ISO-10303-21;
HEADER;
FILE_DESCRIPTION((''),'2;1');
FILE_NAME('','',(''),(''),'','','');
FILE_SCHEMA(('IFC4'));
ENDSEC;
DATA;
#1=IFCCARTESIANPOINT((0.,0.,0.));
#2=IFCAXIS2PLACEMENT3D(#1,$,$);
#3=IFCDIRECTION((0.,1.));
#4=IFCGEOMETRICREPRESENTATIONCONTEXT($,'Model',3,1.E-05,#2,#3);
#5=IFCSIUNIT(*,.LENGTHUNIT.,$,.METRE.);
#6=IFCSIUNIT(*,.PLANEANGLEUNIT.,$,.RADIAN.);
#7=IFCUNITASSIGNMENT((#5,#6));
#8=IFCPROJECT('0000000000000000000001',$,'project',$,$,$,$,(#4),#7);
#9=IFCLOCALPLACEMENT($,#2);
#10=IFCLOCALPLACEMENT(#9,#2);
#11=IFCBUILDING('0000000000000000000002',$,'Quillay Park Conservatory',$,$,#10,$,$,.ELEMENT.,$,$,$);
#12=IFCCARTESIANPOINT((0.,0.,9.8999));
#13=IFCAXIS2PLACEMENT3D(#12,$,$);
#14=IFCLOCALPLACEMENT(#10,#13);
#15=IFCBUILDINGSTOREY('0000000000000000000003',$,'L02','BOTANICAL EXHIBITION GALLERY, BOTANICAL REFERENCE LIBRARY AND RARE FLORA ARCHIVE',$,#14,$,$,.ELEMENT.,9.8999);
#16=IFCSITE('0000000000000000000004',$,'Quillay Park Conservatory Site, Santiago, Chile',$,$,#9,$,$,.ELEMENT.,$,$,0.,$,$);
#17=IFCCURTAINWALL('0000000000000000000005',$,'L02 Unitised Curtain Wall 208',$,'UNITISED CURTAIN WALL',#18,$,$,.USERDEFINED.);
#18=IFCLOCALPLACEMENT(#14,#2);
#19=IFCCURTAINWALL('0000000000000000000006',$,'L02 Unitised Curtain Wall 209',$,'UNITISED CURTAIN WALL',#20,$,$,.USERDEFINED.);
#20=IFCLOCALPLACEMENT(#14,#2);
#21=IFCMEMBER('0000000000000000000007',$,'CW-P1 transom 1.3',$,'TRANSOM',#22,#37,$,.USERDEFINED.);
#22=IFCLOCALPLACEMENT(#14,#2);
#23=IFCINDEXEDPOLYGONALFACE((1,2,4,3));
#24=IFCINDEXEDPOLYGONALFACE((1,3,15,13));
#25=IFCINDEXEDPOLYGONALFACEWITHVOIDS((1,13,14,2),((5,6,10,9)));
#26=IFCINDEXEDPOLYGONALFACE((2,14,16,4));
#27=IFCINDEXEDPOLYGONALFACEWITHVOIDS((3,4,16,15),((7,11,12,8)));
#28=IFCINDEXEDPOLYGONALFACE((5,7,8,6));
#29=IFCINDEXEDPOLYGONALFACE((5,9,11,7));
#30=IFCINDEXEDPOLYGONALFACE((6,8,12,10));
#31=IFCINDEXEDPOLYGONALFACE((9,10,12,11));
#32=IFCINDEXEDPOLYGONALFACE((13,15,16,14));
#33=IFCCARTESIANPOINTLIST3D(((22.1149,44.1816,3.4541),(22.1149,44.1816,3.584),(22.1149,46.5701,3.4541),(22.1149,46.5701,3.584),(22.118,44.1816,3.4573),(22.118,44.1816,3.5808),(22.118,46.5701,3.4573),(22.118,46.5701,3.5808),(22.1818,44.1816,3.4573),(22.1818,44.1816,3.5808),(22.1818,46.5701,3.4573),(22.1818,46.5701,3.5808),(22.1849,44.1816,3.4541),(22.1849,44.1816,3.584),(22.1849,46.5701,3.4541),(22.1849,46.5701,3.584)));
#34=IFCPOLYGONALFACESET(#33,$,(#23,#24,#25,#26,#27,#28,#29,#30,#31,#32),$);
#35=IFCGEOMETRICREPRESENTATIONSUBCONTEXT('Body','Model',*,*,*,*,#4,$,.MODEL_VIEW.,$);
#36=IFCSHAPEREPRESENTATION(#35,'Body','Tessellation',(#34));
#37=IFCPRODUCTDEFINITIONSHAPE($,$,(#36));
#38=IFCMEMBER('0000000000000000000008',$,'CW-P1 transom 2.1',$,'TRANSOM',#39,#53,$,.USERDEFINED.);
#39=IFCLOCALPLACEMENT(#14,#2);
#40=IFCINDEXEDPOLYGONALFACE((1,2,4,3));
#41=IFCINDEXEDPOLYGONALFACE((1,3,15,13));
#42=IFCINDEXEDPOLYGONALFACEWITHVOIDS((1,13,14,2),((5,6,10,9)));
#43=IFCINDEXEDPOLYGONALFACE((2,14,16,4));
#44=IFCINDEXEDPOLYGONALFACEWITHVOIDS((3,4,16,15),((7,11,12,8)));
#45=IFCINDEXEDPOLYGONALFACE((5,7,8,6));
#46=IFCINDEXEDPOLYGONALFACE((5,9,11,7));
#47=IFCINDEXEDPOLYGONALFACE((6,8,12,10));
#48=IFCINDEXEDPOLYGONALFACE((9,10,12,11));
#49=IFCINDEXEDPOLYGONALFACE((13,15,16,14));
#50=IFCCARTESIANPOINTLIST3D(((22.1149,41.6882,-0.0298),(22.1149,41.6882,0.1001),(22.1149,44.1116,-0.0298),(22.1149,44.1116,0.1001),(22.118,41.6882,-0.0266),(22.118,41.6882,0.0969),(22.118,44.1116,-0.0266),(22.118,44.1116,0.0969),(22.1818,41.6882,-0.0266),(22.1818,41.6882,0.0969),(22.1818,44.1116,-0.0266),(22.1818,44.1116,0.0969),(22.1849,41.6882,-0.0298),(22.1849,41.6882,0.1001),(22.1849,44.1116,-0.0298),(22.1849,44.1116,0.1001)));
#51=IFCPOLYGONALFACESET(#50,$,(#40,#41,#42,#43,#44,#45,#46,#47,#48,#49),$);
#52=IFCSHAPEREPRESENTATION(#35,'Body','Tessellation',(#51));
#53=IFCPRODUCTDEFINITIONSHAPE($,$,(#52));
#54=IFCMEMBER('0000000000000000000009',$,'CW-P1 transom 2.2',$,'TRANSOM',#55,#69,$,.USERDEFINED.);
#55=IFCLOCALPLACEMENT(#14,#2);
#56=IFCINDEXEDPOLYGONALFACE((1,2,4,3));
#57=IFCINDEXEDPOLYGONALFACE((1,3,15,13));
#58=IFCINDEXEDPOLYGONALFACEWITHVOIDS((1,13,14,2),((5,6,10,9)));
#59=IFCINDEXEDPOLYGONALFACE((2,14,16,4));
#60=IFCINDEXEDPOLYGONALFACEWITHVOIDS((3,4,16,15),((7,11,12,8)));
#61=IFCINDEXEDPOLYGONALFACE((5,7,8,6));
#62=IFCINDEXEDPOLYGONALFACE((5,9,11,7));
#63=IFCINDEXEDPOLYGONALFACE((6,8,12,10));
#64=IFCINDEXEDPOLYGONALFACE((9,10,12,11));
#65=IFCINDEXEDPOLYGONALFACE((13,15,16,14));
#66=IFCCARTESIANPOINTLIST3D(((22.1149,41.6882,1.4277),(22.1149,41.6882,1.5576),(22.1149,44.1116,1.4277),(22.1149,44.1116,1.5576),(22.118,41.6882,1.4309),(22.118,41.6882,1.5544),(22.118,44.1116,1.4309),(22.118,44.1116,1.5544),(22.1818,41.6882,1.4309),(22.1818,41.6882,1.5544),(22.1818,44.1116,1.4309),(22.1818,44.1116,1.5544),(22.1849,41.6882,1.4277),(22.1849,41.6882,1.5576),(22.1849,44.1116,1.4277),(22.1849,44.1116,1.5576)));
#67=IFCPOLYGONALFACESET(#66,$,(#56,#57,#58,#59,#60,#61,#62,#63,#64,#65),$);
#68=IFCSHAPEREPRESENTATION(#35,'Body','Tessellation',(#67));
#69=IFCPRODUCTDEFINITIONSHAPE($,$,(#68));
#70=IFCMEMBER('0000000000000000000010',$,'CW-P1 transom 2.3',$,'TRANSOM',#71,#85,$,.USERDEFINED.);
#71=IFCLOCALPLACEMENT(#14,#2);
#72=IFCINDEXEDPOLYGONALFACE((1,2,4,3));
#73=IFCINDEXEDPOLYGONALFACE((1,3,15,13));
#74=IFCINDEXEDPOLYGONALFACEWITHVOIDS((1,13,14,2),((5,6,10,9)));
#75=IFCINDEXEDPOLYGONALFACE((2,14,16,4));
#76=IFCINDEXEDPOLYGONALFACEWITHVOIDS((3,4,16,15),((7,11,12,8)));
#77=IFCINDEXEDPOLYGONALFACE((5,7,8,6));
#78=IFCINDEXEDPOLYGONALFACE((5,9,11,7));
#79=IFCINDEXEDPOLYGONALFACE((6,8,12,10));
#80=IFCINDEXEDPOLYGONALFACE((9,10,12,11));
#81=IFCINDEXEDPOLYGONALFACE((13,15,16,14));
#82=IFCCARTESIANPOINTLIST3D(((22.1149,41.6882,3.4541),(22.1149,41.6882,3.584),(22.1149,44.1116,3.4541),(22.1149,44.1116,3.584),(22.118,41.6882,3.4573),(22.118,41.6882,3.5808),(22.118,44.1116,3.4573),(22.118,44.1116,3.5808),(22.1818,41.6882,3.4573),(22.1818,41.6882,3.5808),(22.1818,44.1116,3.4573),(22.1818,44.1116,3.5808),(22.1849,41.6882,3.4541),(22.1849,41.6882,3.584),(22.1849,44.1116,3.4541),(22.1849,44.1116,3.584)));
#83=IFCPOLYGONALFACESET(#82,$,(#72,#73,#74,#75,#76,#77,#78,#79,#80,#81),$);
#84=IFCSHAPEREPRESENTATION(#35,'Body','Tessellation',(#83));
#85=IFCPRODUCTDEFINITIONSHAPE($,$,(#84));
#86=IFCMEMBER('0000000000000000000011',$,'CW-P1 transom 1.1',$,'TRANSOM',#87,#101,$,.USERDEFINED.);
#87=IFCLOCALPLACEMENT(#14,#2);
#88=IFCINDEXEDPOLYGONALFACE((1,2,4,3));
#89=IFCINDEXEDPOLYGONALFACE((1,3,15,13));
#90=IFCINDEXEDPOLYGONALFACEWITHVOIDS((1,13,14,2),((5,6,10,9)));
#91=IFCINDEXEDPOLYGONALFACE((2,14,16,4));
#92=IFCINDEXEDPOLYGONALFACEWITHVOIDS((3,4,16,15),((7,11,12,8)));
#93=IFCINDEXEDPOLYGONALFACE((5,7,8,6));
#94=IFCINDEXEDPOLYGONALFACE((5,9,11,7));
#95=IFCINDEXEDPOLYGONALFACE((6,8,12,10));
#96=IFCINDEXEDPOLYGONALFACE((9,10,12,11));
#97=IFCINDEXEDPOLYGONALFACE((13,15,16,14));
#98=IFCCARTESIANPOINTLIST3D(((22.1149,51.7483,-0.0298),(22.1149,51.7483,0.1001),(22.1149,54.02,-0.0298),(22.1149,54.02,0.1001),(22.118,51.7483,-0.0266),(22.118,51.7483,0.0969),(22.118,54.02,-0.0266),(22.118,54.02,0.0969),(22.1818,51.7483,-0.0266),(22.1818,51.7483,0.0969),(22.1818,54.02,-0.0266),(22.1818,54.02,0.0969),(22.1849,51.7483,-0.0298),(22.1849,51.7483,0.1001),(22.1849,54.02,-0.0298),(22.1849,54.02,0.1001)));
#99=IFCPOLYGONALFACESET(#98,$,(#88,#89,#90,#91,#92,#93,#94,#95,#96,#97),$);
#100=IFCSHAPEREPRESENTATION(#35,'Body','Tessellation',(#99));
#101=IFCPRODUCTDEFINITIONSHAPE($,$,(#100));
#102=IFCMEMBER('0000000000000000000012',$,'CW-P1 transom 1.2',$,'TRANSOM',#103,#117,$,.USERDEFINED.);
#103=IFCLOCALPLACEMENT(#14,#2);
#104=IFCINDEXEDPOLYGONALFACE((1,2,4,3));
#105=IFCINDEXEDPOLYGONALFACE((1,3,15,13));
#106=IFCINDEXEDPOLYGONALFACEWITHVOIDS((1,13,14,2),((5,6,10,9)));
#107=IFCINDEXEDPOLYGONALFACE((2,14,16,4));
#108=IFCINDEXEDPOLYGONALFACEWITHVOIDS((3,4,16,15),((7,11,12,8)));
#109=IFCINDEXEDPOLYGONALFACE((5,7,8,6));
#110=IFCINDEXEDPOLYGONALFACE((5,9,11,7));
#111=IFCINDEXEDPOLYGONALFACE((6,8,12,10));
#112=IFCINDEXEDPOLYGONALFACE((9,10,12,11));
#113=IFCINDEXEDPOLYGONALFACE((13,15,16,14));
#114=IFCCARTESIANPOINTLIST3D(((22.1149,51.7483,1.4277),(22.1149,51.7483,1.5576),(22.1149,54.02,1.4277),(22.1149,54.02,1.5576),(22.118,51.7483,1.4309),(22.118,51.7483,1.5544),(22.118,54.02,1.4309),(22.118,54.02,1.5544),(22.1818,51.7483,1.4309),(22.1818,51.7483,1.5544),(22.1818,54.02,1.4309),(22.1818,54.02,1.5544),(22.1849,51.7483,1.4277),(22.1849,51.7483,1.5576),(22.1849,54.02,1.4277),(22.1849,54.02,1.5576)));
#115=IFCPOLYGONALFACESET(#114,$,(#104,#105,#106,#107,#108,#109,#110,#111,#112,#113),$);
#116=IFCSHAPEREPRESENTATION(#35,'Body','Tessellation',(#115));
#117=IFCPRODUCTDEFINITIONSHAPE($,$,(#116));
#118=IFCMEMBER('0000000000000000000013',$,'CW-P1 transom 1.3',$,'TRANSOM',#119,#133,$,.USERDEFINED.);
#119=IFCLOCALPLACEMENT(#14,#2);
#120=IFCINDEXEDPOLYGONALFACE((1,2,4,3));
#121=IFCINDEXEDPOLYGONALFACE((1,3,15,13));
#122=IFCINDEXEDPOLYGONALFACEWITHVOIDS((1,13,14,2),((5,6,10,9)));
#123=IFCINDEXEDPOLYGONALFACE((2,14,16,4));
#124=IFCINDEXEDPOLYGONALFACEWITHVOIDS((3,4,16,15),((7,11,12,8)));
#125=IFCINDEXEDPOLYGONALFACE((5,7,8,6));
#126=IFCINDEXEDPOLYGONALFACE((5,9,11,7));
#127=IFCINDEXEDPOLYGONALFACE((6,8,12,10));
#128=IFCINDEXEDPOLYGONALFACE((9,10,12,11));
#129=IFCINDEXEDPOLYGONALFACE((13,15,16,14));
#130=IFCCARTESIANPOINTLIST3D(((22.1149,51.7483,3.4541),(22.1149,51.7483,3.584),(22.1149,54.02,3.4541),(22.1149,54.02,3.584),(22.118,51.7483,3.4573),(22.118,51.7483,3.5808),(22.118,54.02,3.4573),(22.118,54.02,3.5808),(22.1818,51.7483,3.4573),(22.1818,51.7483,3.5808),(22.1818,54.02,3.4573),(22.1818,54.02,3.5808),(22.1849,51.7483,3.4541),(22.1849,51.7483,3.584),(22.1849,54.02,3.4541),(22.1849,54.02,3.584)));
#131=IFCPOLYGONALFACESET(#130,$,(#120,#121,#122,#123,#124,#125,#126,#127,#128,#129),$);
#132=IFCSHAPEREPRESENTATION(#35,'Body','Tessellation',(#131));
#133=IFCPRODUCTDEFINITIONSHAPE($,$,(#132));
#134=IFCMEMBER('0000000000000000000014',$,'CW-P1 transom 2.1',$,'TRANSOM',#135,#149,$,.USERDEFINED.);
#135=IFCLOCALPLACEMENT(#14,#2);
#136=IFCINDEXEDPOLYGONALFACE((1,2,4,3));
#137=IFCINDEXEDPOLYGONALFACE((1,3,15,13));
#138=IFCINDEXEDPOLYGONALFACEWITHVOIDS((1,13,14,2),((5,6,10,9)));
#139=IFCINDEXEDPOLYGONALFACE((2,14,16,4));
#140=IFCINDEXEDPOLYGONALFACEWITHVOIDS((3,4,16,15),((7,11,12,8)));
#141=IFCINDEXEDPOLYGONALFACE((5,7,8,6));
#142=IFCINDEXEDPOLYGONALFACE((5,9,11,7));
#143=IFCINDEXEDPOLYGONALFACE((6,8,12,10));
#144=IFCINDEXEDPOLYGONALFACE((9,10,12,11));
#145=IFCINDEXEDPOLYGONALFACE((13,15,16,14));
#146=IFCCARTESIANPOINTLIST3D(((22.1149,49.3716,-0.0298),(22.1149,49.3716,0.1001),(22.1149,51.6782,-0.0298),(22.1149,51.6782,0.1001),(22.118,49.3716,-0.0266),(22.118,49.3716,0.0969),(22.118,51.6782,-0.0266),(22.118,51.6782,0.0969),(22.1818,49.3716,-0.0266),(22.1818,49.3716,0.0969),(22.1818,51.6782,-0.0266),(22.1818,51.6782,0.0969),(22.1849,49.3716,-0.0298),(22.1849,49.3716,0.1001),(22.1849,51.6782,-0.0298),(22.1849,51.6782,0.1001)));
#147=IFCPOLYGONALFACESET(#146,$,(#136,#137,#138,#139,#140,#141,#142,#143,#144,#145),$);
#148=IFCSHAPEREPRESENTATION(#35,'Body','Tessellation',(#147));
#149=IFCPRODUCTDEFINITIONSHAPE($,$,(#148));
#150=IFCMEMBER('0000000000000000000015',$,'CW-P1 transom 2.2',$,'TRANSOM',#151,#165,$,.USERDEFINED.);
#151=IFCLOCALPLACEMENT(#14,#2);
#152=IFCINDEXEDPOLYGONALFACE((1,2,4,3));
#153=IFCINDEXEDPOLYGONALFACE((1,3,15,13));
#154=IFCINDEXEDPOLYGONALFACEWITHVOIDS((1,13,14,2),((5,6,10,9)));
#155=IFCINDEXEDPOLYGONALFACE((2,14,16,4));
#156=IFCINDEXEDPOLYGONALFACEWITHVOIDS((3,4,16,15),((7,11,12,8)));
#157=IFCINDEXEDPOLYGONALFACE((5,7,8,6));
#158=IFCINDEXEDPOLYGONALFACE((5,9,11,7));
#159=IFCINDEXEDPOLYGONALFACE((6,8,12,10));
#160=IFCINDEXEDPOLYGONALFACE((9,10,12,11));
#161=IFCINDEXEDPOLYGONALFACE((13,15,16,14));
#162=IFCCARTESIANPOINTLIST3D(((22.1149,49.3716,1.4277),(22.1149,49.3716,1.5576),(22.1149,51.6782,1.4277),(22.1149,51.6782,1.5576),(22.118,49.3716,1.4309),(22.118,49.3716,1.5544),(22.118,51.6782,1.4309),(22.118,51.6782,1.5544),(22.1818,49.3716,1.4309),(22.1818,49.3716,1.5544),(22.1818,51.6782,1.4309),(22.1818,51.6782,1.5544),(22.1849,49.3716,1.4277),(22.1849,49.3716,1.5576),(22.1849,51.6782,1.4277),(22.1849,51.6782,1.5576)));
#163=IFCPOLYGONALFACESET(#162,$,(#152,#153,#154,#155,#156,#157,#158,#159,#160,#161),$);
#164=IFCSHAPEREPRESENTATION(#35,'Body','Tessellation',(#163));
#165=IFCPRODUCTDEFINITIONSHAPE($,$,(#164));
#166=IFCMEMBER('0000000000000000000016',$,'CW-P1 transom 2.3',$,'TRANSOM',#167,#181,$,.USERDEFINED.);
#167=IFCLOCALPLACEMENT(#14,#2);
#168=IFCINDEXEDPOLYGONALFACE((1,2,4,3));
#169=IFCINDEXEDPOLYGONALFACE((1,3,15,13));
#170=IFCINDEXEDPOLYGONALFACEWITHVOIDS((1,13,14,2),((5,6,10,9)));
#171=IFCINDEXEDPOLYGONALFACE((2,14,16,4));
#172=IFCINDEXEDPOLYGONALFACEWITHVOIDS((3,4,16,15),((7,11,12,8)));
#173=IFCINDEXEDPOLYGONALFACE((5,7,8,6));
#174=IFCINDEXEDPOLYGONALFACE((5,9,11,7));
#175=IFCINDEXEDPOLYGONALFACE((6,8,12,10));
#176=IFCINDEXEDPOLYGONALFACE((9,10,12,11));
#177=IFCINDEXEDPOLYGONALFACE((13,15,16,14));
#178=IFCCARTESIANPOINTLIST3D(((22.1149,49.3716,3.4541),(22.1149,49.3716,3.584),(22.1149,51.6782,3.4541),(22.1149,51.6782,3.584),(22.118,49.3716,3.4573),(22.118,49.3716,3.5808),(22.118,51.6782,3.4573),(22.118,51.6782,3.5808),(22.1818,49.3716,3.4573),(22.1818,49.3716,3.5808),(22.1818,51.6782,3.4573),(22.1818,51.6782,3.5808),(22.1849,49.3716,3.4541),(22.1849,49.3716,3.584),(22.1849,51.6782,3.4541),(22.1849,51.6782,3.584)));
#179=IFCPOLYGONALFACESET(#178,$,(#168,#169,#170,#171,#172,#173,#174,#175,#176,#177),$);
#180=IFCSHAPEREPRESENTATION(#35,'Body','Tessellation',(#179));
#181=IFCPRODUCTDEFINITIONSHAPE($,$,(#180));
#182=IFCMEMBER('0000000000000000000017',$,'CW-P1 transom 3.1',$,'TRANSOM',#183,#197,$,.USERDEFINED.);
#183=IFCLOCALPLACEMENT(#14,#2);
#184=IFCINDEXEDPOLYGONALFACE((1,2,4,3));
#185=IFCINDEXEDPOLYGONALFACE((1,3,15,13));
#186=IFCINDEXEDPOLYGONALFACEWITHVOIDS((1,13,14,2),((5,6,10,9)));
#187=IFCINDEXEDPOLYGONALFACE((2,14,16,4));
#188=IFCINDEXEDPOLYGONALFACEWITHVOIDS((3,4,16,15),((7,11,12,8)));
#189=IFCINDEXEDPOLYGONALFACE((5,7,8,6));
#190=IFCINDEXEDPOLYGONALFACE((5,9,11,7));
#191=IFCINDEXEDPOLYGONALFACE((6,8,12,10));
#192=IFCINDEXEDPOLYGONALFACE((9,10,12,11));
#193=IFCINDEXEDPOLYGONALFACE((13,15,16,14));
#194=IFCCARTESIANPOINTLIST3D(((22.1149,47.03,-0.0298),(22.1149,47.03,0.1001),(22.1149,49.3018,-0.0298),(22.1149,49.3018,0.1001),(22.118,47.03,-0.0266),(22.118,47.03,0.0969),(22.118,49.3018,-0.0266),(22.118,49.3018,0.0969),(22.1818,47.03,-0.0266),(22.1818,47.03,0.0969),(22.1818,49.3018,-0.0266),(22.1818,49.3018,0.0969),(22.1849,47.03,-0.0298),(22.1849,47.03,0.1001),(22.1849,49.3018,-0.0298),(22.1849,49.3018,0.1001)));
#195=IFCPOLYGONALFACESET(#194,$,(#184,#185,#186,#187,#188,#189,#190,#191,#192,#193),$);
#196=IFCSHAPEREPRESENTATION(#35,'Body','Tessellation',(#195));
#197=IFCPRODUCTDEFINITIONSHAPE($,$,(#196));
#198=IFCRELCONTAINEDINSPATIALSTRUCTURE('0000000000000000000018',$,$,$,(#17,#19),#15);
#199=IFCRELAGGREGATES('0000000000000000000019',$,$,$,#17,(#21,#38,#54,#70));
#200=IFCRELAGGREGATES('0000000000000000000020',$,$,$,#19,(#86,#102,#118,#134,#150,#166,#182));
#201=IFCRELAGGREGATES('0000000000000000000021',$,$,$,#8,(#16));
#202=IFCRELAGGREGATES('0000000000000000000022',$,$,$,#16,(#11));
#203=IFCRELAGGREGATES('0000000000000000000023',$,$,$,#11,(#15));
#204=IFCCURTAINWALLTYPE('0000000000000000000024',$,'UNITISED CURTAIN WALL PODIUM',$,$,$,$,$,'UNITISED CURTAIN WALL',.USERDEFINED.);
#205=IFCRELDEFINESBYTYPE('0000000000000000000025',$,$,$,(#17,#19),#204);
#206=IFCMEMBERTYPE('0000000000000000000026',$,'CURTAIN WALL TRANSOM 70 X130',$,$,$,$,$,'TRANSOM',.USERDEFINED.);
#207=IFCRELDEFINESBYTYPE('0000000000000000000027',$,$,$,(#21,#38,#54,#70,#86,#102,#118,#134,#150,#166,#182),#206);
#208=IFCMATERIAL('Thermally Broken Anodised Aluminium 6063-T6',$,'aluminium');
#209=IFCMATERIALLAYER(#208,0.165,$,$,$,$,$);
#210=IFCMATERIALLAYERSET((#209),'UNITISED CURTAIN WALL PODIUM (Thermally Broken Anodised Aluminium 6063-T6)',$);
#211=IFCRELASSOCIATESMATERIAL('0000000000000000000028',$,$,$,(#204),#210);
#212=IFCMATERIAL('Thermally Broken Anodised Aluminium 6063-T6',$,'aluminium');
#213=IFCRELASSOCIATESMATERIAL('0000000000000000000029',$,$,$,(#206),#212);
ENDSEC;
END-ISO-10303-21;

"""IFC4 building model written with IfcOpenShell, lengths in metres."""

from ifc_helpers import new_model, si_unit, direction, frame, origin, origin_2d, place, context, subcontext, project, spatial, hollow_rectangle, extrude, material, layer, layer_set, material_profile, profile_set, type_object, element, aggregate, save


model = new_model("IFC4")

# Units and contexts
model_context = context("Model", 3, precision=1e-05, world=origin(), true_north=direction((0.0, 1.0)))
body_context = subcontext(model_context, "Body", "Model", "MODEL_VIEW")
ifc_project = project(units=[si_unit("LENGTHUNIT", "METRE"), si_unit("PLANEANGLEUNIT", "RADIAN")], contexts=[model_context])

# Site, building, storey
site_placement = place(None, origin())
site = spatial("IfcSite", under=ifc_project, at=site_placement, Name="Quillay Park Conservatory Site, Santiago, Chile", CompositionType="ELEMENT", RefElevation=0.0)
building_placement = place(site_placement, origin())
building = spatial("IfcBuilding", under=site, at=building_placement, Name="Quillay Park Conservatory", CompositionType="ELEMENT")
storey_placement = place(building_placement, frame((0.0, 0.0, 9.8999)))
storey = spatial("IfcBuildingStorey", under=building, at=storey_placement, Name="L02", Description="BOTANICAL EXHIBITION GALLERY, BOTANICAL REFERENCE LIBRARY AND RARE FLORA ARCHIVE", CompositionType="ELEMENT", Elevation=9.8999)

# Curtain walls
ifc_material_1 = material(Name="Thermally Broken Anodised Aluminium 6063-T6", Category="aluminium")
ifc_layer_1 = layer(ifc_material_1, 0.165)
ifc_layer_set_1 = layer_set([ifc_layer_1], Name="UNITISED CURTAIN WALL PODIUM (Thermally Broken Anodised Aluminium 6063-T6)")
curtain_wall_type = type_object("IfcCurtainWallType", Name="UNITISED CURTAIN WALL PODIUM", ElementType="UNITISED CURTAIN WALL", PredefinedType="USERDEFINED", material=ifc_layer_set_1)
curtain_wall_1_placement = place(storey_placement, origin())
curtain_wall_1 = element("IfcCurtainWall", 1, at=curtain_wall_1_placement, inside=storey, type_object=curtain_wall_type, Name="L02 Unitised Curtain Wall 208", ObjectType="UNITISED CURTAIN WALL", PredefinedType="USERDEFINED")
curtain_wall_2_placement = place(storey_placement, origin())
curtain_wall_2 = element("IfcCurtainWall", 2, at=curtain_wall_2_placement, inside=storey, type_object=curtain_wall_type, Name="L02 Unitised Curtain Wall 209", ObjectType="UNITISED CURTAIN WALL", PredefinedType="USERDEFINED")

# Members
ifc_material_2 = material(Name="Thermally Broken Anodised Aluminium 6063-T6", Category="aluminium")
ifc_material_profile_1 = material_profile(ifc_material_2, hollow_rectangle(XDim=0.0701, YDim=0.1299, WallThickness=0.0032, at=origin_2d()), Name="AL70x130x3.2")
ifc_profile_set_1 = profile_set([ifc_material_profile_1], Name="Thermally Broken Anodised Aluminium 6063-T6")
member_type_1 = type_object("IfcMemberType", Name="CURTAIN WALL TRANSOM 70 X130", ElementType="TRANSOM", PredefinedType="USERDEFINED", material=ifc_profile_set_1)
member_1_placement = place(storey_placement, frame((22.1499, 46.5701, 3.519), z_axis=(0.0, -1.0, 0.0), x_axis=(1.0, 0.0, 0.0)))
member_1 = element("IfcMember", 3, at=member_1_placement, type_object=member_type_1, Name="CW-P1 transom 1.3", ObjectType="TRANSOM", PredefinedType="USERDEFINED", context=body_context, shape_type="SweptSolid", body=[
    extrude(hollow_rectangle(XDim=0.0701, YDim=0.1299, WallThickness=0.0032, at=origin_2d()), origin(), (0.0, 0.0, 1.0), 2.3884),
])
member_2_placement = place(storey_placement, frame((22.1499, 44.1116, 0.0352), z_axis=(0.0, -1.0, 0.0), x_axis=(1.0, 0.0, 0.0)))
member_2 = element("IfcMember", 4, at=member_2_placement, type_object=member_type_1, Name="CW-P1 transom 2.1", ObjectType="TRANSOM", PredefinedType="USERDEFINED", context=body_context, shape_type="SweptSolid", body=[
    extrude(hollow_rectangle(XDim=0.0701, YDim=0.1299, WallThickness=0.0032, at=origin_2d()), origin(), (0.0, 0.0, 1.0), 2.4233),
])
member_3_placement = place(storey_placement, frame((22.1499, 44.1116, 1.4927), z_axis=(0.0, -1.0, 0.0), x_axis=(1.0, 0.0, 0.0)))
member_3 = element("IfcMember", 5, at=member_3_placement, type_object=member_type_1, Name="CW-P1 transom 2.2", ObjectType="TRANSOM", PredefinedType="USERDEFINED", context=body_context, shape_type="SweptSolid", body=[
    extrude(hollow_rectangle(XDim=0.0701, YDim=0.1299, WallThickness=0.0032, at=origin_2d()), origin(), (0.0, 0.0, 1.0), 2.4233),
])
member_4_placement = place(storey_placement, frame((22.1499, 44.1116, 3.519), z_axis=(0.0, -1.0, 0.0), x_axis=(1.0, 0.0, 0.0)))
member_4 = element("IfcMember", 6, at=member_4_placement, type_object=member_type_1, Name="CW-P1 transom 2.3", ObjectType="TRANSOM", PredefinedType="USERDEFINED", context=body_context, shape_type="SweptSolid", body=[
    extrude(hollow_rectangle(XDim=0.0701, YDim=0.1299, WallThickness=0.0032, at=origin_2d()), origin(), (0.0, 0.0, 1.0), 2.4233),
])
member_5_placement = place(storey_placement, frame((22.1499, 54.02, 0.0352), z_axis=(0.0, -1.0, 0.0), x_axis=(1.0, 0.0, 0.0)))
member_5 = element("IfcMember", 7, at=member_5_placement, type_object=member_type_1, Name="CW-P1 transom 1.1", ObjectType="TRANSOM", PredefinedType="USERDEFINED", context=body_context, shape_type="SweptSolid", body=[
    extrude(hollow_rectangle(XDim=0.0701, YDim=0.1299, WallThickness=0.0032, at=origin_2d()), origin(), (0.0, 0.0, 1.0), 2.2717),
])
member_6_placement = place(storey_placement, frame((22.1499, 54.02, 1.4927), z_axis=(0.0, -1.0, 0.0), x_axis=(1.0, 0.0, 0.0)))
member_6 = element("IfcMember", 8, at=member_6_placement, type_object=member_type_1, Name="CW-P1 transom 1.2", ObjectType="TRANSOM", PredefinedType="USERDEFINED", context=body_context, shape_type="SweptSolid", body=[
    extrude(hollow_rectangle(XDim=0.0701, YDim=0.1299, WallThickness=0.0032, at=origin_2d()), origin(), (0.0, 0.0, 1.0), 2.2717),
])
member_7_placement = place(storey_placement, frame((22.1499, 54.02, 3.519), z_axis=(0.0, -1.0, 0.0), x_axis=(1.0, 0.0, 0.0)))
member_7 = element("IfcMember", 9, at=member_7_placement, type_object=member_type_1, Name="CW-P1 transom 1.3", ObjectType="TRANSOM", PredefinedType="USERDEFINED", context=body_context, shape_type="SweptSolid", body=[
    extrude(hollow_rectangle(XDim=0.0701, YDim=0.1299, WallThickness=0.0032, at=origin_2d()), origin(), (0.0, 0.0, 1.0), 2.2717),
])
member_8_placement = place(storey_placement, frame((22.1499, 51.6782, 0.0352), z_axis=(0.0, -1.0, 0.0), x_axis=(1.0, 0.0, 0.0)))
member_8 = element("IfcMember", 10, at=member_8_placement, type_object=member_type_1, Name="CW-P1 transom 2.1", ObjectType="TRANSOM", PredefinedType="USERDEFINED", context=body_context, shape_type="SweptSolid", body=[
    extrude(hollow_rectangle(XDim=0.0701, YDim=0.1299, WallThickness=0.0032, at=origin_2d()), origin(), (0.0, 0.0, 1.0), 2.3066),
])
member_9_placement = place(storey_placement, frame((22.1499, 51.6782, 1.4927), z_axis=(0.0, -1.0, 0.0), x_axis=(1.0, 0.0, 0.0)))
member_9 = element("IfcMember", 11, at=member_9_placement, type_object=member_type_1, Name="CW-P1 transom 2.2", ObjectType="TRANSOM", PredefinedType="USERDEFINED", context=body_context, shape_type="SweptSolid", body=[
    extrude(hollow_rectangle(XDim=0.0701, YDim=0.1299, WallThickness=0.0032, at=origin_2d()), origin(), (0.0, 0.0, 1.0), 2.3066),
])
member_10_placement = place(storey_placement, frame((22.1499, 51.6782, 3.519), z_axis=(0.0, -1.0, 0.0), x_axis=(1.0, 0.0, 0.0)))
member_10 = element("IfcMember", 12, at=member_10_placement, type_object=member_type_1, Name="CW-P1 transom 2.3", ObjectType="TRANSOM", PredefinedType="USERDEFINED", context=body_context, shape_type="SweptSolid", body=[
    extrude(hollow_rectangle(XDim=0.0701, YDim=0.1299, WallThickness=0.0032, at=origin_2d()), origin(), (0.0, 0.0, 1.0), 2.3066),
])
member_11_placement = place(storey_placement, frame((22.1499, 49.3018, 0.0352), z_axis=(0.0, -1.0, 0.0), x_axis=(1.0, 0.0, 0.0)))
member_11 = element("IfcMember", 13, at=member_11_placement, type_object=member_type_1, Name="CW-P1 transom 3.1", ObjectType="TRANSOM", PredefinedType="USERDEFINED", context=body_context, shape_type="SweptSolid", body=[
    extrude(hollow_rectangle(XDim=0.0701, YDim=0.1299, WallThickness=0.0032, at=origin_2d()), origin(), (0.0, 0.0, 1.0), 2.2717),
])

aggregate(curtain_wall_1, [member_1, member_2, member_3, member_4])
aggregate(curtain_wall_2, [member_5, member_6, member_7, member_8, member_9, member_10, member_11])

save(model, "model.ifc")
